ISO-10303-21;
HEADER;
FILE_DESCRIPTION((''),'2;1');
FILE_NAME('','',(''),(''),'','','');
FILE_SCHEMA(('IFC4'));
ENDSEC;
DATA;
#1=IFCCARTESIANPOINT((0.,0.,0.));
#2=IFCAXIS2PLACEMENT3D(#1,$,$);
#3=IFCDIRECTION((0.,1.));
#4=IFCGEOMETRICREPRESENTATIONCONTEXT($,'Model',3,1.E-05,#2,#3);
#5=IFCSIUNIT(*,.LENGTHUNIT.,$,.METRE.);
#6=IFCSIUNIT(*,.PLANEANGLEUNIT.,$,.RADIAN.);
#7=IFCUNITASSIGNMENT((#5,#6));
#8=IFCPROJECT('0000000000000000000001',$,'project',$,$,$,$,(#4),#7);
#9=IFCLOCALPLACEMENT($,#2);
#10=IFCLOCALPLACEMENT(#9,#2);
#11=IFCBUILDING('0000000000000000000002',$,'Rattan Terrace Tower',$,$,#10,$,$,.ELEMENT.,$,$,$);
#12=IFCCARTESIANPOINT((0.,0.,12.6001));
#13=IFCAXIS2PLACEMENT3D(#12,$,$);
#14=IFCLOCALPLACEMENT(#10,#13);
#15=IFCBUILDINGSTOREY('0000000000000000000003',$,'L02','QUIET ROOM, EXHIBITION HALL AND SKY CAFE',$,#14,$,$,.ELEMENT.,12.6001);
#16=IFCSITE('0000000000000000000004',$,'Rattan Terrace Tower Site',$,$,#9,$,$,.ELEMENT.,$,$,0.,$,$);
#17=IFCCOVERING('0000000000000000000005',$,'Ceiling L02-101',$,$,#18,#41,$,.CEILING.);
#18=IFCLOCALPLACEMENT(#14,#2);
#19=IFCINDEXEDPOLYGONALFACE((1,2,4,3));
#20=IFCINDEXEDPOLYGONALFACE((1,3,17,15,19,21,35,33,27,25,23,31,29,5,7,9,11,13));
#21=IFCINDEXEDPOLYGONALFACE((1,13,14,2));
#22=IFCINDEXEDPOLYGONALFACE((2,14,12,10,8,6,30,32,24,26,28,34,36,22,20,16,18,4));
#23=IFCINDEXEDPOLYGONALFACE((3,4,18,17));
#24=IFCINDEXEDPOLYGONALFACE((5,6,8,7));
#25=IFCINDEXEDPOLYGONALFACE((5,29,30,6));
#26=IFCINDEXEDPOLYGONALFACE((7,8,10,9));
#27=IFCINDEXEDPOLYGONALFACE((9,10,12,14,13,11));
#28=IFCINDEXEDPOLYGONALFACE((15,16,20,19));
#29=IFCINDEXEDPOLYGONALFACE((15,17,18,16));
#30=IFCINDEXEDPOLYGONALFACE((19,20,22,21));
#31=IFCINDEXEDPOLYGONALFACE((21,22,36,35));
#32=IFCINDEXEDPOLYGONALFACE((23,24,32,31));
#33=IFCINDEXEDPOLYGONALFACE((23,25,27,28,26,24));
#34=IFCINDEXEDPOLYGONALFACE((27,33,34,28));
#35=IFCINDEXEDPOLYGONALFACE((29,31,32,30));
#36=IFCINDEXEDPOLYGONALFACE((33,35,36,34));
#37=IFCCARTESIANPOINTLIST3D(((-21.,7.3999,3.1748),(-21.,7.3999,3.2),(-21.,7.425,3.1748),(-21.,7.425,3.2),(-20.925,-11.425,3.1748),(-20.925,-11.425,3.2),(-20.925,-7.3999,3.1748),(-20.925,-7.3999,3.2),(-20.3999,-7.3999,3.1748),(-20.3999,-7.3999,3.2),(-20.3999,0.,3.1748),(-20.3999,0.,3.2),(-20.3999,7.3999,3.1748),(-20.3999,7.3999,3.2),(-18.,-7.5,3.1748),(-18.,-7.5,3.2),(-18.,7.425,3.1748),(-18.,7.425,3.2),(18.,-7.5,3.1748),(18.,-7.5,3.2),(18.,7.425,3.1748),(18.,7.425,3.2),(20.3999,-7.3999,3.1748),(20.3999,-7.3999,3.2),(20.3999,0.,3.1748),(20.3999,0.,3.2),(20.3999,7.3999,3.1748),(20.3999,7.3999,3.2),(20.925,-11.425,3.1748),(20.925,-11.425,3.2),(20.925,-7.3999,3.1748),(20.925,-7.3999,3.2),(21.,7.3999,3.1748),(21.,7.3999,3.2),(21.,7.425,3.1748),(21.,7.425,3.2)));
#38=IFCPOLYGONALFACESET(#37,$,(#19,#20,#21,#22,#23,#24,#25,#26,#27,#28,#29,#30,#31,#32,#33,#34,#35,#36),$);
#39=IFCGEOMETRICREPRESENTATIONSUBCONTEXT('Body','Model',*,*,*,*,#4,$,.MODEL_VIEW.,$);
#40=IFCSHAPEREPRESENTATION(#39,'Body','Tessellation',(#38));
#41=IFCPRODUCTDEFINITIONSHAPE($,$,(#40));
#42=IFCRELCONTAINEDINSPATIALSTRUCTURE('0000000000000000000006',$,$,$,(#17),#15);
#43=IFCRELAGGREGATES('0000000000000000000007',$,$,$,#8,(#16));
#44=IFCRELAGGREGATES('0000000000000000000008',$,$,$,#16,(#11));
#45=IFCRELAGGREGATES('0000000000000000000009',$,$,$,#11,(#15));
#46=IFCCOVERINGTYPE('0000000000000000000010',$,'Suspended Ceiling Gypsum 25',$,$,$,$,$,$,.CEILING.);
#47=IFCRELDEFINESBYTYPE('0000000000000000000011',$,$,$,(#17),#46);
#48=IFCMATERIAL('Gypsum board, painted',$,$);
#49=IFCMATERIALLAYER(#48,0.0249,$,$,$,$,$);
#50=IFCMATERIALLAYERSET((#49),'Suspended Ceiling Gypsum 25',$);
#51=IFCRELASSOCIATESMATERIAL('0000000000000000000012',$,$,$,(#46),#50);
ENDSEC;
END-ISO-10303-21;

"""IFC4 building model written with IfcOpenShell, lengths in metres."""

from ifc_helpers import new_model, si_unit, direction, frame, origin, place, context, subcontext, project, spatial, polyline, outline, extrude, material, layer, layer_set, type_object, element, save


model = new_model("IFC4")

# Units and contexts
model_context = context("Model", 3, precision=1e-05, world=origin(), true_north=direction((0.0, 1.0)))
body_context = subcontext(model_context, "Body", "Model", "MODEL_VIEW")
ifc_project = project(units=[si_unit("LENGTHUNIT", "METRE"), si_unit("PLANEANGLEUNIT", "RADIAN")], contexts=[model_context])

# Site, building, storey
site_placement = place(None, origin())
site = spatial("IfcSite", under=ifc_project, at=site_placement, Name="Rattan Terrace Tower Site", CompositionType="ELEMENT", RefElevation=0.0)
building_placement = place(site_placement, origin())
building = spatial("IfcBuilding", under=site, at=building_placement, Name="Rattan Terrace Tower", CompositionType="ELEMENT")
storey_placement = place(building_placement, frame((0.0, 0.0, 12.6001)))
storey = spatial("IfcBuildingStorey", under=building, at=storey_placement, Name="L02", Description="QUIET ROOM, EXHIBITION HALL AND SKY CAFE", CompositionType="ELEMENT", Elevation=12.6001)

# Covering
ifc_material_1 = material(Name="Gypsum board, painted")
ifc_layer_1 = layer(ifc_material_1, 0.0249)
ifc_layer_set_1 = layer_set([ifc_layer_1], Name="Suspended Ceiling Gypsum 25")
covering_type_1 = type_object("IfcCoveringType", Name="Suspended Ceiling Gypsum 25", PredefinedType="CEILING", material=ifc_layer_set_1)
covering_1_placement = place(storey_placement, frame((0.0, 0.0, 3.1748)))
element("IfcCovering", 1, at=covering_1_placement, inside=storey, type_object=covering_type_1, Name="Ceiling L02-101", PredefinedType="CEILING", context=body_context, shape_type="SweptSolid", body=[
    extrude(outline(polyline([(-20.3999, 7.3999), (-20.3999, 0.0), (-20.3999, -7.3999), (-20.925, -7.3999), (-20.925, -11.425), (20.925, -11.425), (20.925, -7.3999), (20.3999, -7.3999), (20.3999, 0.0), (20.3999, 7.3999), (21.0, 7.3999), (21.0, 7.425), (18.0, 7.425), (18.0, -7.5), (-18.0, -7.5), (-18.0, 7.425), (-21.0, 7.425), (-21.0, 7.3999), (-20.3999, 7.3999)])), origin(), (0.0, 0.0, 1.0), 0.0251),
])

save(model, "model.ifc")
